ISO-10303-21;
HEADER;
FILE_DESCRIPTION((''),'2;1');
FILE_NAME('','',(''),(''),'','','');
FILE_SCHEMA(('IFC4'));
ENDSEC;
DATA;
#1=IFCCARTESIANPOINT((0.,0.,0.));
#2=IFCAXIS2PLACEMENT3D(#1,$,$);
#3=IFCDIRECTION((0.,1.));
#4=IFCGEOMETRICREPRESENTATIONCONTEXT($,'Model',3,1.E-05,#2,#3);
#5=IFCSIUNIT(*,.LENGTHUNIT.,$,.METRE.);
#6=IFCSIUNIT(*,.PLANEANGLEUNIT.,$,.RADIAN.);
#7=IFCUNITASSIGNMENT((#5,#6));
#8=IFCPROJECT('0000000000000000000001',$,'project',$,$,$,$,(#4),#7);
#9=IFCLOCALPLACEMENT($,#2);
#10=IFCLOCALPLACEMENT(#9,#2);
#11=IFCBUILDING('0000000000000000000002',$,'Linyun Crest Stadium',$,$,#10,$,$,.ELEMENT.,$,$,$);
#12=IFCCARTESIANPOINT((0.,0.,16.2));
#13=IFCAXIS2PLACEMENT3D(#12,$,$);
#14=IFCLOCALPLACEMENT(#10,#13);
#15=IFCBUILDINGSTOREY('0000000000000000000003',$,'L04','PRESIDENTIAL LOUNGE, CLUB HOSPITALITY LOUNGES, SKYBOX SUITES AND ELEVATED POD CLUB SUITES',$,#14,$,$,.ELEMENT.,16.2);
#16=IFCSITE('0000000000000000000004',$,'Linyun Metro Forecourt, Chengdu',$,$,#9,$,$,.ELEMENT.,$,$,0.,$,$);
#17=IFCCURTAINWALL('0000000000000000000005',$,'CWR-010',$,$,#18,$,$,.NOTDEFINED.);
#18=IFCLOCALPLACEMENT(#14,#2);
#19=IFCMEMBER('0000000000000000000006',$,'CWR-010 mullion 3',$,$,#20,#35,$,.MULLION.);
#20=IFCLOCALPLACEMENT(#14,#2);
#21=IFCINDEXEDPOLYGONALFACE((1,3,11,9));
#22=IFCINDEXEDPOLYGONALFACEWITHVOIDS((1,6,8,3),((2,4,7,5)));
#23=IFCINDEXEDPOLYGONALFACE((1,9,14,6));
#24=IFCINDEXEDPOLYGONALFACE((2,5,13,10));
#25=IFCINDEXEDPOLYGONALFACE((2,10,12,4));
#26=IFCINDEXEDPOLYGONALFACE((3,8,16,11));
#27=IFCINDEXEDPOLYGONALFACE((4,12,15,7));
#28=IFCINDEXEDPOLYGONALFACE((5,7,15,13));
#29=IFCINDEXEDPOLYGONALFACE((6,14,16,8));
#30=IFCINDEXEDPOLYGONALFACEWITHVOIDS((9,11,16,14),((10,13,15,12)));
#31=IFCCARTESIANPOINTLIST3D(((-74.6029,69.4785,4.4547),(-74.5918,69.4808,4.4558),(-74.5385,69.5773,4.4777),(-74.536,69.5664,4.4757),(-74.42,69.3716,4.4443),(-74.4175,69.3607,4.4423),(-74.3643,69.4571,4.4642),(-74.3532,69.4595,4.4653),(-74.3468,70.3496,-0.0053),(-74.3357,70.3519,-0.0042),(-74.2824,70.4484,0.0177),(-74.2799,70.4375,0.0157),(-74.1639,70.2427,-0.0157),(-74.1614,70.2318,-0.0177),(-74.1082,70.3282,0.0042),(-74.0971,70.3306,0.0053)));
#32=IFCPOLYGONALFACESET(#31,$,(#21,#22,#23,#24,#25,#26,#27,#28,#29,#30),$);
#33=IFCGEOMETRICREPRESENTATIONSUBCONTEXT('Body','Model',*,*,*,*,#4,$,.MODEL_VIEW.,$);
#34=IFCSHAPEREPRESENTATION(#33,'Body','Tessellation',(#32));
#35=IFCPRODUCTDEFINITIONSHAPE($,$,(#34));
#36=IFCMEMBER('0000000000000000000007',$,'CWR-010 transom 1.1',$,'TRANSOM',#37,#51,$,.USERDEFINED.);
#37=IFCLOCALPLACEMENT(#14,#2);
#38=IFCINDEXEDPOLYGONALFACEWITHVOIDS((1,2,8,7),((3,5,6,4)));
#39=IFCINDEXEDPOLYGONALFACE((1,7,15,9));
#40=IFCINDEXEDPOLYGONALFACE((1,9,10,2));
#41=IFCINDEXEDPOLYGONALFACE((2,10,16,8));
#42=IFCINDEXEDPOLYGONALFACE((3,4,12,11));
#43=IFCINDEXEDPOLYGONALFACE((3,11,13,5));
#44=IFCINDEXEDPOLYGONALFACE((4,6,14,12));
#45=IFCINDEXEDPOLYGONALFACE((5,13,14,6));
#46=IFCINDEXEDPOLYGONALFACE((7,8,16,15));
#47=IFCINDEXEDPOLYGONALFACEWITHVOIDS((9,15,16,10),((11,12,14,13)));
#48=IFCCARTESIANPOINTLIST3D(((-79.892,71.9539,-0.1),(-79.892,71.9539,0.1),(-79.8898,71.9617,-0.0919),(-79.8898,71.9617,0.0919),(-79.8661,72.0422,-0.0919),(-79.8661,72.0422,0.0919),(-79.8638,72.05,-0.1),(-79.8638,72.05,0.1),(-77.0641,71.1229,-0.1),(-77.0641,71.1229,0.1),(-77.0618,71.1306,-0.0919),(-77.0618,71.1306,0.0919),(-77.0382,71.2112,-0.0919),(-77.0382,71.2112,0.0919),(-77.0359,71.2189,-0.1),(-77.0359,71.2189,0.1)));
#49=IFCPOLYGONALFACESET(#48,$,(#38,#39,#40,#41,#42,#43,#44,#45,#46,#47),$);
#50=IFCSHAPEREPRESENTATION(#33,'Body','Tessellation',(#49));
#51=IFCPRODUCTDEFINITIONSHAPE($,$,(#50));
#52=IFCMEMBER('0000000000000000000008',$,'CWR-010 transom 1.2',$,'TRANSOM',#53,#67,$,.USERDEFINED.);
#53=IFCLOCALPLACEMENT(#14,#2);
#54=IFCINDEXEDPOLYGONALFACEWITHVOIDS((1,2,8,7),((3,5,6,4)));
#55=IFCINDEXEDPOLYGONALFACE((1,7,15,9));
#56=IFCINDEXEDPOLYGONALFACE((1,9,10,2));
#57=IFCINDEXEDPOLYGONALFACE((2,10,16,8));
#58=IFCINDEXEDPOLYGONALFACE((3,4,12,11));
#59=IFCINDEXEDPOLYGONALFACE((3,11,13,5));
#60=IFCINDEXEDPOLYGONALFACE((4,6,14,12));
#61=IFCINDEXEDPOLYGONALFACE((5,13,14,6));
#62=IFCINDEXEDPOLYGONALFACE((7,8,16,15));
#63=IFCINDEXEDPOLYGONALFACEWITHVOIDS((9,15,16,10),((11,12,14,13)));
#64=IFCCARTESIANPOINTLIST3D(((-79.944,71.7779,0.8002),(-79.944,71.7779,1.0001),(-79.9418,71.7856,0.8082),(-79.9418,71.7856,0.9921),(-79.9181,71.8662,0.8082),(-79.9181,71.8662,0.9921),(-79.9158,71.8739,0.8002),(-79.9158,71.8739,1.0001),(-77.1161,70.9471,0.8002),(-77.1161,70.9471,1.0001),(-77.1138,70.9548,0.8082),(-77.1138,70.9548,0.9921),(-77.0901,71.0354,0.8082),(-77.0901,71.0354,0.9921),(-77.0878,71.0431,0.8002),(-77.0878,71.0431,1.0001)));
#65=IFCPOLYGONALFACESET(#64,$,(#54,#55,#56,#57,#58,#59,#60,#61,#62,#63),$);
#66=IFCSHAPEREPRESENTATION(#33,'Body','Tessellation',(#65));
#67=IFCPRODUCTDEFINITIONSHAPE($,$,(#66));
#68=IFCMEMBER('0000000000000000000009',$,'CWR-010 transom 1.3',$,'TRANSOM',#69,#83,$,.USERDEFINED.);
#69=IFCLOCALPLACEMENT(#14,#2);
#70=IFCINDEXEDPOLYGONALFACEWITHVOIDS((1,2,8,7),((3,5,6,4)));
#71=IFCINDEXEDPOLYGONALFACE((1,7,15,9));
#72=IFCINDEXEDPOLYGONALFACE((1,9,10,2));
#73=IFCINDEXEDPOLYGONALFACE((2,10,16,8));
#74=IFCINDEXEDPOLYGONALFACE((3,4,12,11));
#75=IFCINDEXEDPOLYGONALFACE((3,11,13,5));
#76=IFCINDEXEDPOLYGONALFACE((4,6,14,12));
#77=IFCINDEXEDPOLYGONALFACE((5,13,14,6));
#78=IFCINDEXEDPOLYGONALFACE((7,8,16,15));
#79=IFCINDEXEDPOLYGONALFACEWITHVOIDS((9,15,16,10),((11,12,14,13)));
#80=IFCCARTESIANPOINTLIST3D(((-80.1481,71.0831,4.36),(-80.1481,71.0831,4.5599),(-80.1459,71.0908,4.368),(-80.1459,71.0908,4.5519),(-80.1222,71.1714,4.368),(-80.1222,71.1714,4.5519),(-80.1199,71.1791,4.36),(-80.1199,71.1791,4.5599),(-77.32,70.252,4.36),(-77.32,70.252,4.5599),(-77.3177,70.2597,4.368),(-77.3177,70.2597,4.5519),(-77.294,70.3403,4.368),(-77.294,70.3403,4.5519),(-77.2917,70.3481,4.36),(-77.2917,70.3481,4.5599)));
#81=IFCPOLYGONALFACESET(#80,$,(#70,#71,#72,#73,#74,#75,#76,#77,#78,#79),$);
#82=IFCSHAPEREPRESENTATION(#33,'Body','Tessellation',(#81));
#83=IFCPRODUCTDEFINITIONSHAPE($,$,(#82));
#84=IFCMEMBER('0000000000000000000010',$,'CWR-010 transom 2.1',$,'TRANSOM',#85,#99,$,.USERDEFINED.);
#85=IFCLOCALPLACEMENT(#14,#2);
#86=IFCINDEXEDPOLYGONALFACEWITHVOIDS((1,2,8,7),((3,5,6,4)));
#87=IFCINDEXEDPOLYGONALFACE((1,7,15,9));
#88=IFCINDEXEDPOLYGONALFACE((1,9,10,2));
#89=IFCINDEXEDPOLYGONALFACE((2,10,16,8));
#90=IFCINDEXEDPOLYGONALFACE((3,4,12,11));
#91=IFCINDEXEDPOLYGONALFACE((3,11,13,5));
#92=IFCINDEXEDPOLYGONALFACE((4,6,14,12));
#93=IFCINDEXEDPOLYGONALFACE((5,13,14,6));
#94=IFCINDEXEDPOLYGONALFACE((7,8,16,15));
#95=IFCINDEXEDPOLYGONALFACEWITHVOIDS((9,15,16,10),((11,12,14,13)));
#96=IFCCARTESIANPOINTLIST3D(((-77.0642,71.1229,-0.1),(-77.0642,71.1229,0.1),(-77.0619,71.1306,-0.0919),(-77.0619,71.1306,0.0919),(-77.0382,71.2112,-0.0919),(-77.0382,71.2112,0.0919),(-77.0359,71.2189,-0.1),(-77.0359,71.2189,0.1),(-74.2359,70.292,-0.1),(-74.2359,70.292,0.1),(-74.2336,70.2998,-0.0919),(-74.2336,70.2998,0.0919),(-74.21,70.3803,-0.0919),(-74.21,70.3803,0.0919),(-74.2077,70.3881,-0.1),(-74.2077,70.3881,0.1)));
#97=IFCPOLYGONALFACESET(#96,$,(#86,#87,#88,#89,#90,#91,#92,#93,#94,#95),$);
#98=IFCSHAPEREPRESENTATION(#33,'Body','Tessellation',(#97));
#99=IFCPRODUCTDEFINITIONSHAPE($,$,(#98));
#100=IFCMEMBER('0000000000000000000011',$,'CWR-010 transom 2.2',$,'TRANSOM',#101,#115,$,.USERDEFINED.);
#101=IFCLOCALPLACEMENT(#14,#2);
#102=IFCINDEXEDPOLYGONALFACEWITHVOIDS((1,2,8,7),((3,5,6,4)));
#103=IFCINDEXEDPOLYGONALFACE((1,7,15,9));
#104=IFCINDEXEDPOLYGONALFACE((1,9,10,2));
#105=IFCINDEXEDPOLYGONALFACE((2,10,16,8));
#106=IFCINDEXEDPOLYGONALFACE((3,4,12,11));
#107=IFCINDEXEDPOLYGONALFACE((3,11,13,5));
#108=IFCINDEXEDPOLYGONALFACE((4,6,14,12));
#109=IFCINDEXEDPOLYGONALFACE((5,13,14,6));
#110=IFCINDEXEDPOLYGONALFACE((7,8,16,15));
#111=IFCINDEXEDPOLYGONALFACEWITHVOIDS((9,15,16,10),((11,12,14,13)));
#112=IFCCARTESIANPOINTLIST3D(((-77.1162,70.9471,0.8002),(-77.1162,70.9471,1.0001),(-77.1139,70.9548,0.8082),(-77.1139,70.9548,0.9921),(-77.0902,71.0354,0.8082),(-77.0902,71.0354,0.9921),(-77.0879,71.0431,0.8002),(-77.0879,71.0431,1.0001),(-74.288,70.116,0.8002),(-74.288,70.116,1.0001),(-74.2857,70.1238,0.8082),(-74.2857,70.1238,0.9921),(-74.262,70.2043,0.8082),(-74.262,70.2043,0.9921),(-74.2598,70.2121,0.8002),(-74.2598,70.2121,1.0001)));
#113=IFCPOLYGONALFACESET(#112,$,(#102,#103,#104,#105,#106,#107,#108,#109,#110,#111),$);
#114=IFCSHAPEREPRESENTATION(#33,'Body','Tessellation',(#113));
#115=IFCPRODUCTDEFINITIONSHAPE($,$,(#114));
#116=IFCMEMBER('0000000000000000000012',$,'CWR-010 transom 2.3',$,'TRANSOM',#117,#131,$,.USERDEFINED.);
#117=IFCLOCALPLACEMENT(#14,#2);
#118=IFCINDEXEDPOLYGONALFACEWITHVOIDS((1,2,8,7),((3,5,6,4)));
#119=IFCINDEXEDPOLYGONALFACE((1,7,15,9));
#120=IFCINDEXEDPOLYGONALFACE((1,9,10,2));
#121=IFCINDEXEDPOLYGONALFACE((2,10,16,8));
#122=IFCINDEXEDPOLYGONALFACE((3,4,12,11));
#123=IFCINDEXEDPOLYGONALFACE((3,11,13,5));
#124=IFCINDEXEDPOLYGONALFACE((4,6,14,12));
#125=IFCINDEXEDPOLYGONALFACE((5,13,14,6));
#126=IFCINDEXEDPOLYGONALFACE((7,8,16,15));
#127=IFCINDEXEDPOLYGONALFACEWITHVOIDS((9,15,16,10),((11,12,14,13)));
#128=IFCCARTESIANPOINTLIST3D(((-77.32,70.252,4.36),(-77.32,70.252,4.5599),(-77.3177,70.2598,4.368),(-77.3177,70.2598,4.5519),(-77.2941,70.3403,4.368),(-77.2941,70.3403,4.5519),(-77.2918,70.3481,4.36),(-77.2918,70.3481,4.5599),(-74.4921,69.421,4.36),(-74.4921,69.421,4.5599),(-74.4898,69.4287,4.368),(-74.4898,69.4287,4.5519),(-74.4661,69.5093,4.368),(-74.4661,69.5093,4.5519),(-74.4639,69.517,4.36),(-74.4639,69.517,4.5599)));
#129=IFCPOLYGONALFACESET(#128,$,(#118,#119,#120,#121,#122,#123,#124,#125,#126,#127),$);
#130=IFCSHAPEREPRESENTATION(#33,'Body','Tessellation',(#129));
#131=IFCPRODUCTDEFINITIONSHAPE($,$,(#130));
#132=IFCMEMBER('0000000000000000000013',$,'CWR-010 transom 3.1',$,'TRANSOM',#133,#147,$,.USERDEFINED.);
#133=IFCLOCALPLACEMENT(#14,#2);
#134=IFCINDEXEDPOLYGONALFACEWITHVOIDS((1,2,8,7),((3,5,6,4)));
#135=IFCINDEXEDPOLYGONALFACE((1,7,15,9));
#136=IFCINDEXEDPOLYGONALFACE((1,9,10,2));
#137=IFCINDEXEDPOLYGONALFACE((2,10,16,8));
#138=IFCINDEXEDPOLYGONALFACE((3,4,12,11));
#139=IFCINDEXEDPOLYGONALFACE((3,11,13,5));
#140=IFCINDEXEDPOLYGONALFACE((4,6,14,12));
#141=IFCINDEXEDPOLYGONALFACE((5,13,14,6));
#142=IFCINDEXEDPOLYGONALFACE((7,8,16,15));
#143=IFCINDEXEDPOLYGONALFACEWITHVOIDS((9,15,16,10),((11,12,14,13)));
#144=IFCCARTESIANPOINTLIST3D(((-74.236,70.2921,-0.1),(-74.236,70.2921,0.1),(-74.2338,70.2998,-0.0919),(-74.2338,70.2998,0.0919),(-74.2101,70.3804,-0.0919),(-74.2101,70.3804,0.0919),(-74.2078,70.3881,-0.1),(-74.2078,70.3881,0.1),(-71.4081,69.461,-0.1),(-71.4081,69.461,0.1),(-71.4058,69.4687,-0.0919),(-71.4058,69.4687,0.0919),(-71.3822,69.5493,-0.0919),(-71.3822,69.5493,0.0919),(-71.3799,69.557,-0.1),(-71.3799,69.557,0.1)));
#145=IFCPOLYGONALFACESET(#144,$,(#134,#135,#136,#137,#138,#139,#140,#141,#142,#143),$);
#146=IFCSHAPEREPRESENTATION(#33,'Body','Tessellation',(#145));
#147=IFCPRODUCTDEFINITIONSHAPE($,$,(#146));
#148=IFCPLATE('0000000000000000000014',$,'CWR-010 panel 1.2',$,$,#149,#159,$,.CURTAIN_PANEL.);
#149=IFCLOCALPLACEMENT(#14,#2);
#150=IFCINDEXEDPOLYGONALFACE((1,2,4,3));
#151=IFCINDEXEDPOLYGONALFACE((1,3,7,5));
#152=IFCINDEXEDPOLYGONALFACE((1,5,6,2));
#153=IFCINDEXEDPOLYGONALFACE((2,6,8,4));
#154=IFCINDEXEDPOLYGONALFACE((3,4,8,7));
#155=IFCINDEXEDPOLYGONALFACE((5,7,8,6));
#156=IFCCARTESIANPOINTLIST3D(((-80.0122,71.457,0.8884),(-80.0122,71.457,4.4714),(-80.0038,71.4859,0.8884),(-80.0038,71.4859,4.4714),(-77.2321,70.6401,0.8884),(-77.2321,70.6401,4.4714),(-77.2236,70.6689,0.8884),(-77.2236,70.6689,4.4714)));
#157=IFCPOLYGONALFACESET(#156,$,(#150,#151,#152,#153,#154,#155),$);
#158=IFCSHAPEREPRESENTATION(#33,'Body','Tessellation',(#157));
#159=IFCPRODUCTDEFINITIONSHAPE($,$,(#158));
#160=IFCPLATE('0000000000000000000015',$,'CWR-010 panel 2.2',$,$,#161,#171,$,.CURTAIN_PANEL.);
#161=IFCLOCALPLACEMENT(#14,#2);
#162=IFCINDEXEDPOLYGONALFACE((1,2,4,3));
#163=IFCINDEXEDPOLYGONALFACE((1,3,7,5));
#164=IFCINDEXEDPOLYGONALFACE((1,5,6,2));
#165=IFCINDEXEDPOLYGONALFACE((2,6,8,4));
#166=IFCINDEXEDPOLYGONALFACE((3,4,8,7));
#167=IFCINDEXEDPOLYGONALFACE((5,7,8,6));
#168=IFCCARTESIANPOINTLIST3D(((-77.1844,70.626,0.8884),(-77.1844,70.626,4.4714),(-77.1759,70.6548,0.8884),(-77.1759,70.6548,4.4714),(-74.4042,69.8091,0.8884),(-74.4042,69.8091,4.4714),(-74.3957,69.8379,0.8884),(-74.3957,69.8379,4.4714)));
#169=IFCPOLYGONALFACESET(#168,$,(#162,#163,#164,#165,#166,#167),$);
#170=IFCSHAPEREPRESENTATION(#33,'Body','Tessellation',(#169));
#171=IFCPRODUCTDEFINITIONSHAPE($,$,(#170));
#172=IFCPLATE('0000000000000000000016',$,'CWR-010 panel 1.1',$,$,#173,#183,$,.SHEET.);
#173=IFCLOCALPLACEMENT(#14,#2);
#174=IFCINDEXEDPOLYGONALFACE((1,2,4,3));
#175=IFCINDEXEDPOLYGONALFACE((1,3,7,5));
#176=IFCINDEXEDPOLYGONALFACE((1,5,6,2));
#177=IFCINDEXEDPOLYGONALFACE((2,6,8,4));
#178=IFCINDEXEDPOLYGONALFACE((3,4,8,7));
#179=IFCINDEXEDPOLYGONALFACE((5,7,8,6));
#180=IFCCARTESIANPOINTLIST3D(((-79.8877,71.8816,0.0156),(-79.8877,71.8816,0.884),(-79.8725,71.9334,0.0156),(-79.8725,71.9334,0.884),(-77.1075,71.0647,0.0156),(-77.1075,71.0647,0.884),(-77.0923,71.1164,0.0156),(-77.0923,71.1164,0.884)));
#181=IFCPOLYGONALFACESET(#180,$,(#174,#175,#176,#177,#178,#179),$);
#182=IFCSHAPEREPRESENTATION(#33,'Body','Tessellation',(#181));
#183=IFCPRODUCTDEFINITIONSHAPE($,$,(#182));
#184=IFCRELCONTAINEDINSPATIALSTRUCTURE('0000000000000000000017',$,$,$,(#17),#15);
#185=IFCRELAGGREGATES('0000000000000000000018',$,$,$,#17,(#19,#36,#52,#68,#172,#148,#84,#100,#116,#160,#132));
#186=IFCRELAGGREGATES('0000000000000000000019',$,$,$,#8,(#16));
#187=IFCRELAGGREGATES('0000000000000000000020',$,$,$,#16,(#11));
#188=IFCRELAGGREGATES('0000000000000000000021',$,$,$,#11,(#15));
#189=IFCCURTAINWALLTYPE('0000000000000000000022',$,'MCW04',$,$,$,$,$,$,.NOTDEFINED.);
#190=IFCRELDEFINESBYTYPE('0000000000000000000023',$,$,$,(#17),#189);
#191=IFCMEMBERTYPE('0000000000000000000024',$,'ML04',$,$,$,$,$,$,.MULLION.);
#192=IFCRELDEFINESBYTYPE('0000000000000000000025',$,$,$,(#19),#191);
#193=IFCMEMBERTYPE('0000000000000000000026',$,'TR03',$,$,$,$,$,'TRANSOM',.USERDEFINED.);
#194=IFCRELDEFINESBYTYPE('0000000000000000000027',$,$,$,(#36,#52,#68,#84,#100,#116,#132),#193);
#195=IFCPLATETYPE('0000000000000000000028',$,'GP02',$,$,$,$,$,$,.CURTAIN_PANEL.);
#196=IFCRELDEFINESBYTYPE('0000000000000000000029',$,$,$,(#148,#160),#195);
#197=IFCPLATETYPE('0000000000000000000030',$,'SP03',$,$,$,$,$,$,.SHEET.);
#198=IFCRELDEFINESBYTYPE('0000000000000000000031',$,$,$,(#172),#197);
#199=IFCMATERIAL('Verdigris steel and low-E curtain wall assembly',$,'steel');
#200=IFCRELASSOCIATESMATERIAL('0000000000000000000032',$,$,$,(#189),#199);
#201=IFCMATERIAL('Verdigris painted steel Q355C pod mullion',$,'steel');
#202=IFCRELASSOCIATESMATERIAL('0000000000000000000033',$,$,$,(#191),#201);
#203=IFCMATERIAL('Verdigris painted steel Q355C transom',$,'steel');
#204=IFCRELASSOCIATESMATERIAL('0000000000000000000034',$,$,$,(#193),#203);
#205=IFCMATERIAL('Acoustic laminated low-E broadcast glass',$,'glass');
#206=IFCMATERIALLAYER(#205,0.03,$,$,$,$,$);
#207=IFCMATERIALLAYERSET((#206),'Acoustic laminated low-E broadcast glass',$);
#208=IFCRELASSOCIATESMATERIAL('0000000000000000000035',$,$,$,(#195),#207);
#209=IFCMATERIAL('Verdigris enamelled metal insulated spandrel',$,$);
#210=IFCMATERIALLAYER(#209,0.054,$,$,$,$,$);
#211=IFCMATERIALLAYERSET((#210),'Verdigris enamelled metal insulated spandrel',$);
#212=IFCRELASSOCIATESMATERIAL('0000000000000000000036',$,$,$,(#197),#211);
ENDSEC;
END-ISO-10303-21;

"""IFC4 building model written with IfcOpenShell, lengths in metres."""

from ifc_helpers import new_model, si_unit, direction, frame, origin, origin_2d, place, context, subcontext, project, spatial, rectangle, hollow_rectangle, extrude, material, layer, layer_set, material_profile, profile_set, type_object, element, aggregate, save


model = new_model("IFC4")

# Units and contexts
model_context = context("Model", 3, precision=1e-05, world=origin(), true_north=direction((0.0, 1.0)))
body_context = subcontext(model_context, "Body", "Model", "MODEL_VIEW")
ifc_project = project(units=[si_unit("LENGTHUNIT", "METRE"), si_unit("PLANEANGLEUNIT", "RADIAN")], contexts=[model_context])

# Site, building, storey
site_placement = place(None, origin())
site = spatial("IfcSite", under=ifc_project, at=site_placement, Name="Linyun Metro Forecourt, Chengdu", CompositionType="ELEMENT", RefElevation=0.0)
building_placement = place(site_placement, origin())
building = spatial("IfcBuilding", under=site, at=building_placement, Name="Linyun Crest Stadium", CompositionType="ELEMENT")
storey_placement = place(building_placement, frame((0.0, 0.0, 16.2)))
storey = spatial("IfcBuildingStorey", under=building, at=storey_placement, Name="L04", Description="PRESIDENTIAL LOUNGE, CLUB HOSPITALITY LOUNGES, SKYBOX SUITES AND ELEVATED POD CLUB SUITES", CompositionType="ELEMENT", Elevation=16.2)

# Shared definitions
ifc_material_1 = material(Name="Verdigris steel and low-E curtain wall assembly", Category="steel")
curtain_wall_type = type_object("IfcCurtainWallType", Name="MCW04", PredefinedType="NOTDEFINED", material=ifc_material_1)
ifc_material_2 = material(Name="Verdigris painted steel Q355C pod mullion", Category="steel")
ifc_material_profile_1 = material_profile(ifc_material_2, hollow_rectangle(XDim=0.1201, YDim=0.22, WallThickness=0.0081, at=origin_2d()), Name="RHS 220x120x8")
ifc_profile_set_1 = profile_set([ifc_material_profile_1], Name="Verdigris painted steel Q355C pod mullion")
member_type_1 = type_object("IfcMemberType", Name="ML04", PredefinedType="MULLION", material=ifc_profile_set_1)

# Curtain wall, members, plates
curtain_wall_1_placement = place(storey_placement, origin())
curtain_wall_1 = element("IfcCurtainWall", 1, at=curtain_wall_1_placement, inside=storey, type_object=curtain_wall_type, Name="CWR-010", PredefinedType="NOTDEFINED")
member_1_placement = place(storey_placement, frame((-74.2219, 70.3401, 0.0), z_axis=(-0.056269, -0.191388, 0.9799), x_axis=(0.535733, 0.822411, 0.191392)))
member_1 = element("IfcMember", 2, at=member_1_placement, type_object=member_type_1, Name="CWR-010 mullion 3", PredefinedType="MULLION", context=body_context, shape_type="SweptSolid", body=[
    extrude(hollow_rectangle(XDim=0.1201, YDim=0.22, WallThickness=0.0081, at=origin_2d()), origin(), (0.0, 0.0, 1.0), 4.5515),
])
ifc_material_3 = material(Name="Verdigris painted steel Q355C transom", Category="steel")
ifc_material_profile_2 = material_profile(ifc_material_3, hollow_rectangle(XDim=0.1001, YDim=0.2, WallThickness=0.0081, at=origin_2d()), Name="RHS 200x100x8")
ifc_profile_set_2 = profile_set([ifc_material_profile_2], Name="Verdigris painted steel Q355C transom")
member_type_2 = type_object("IfcMemberType", Name="TR03", ElementType="TRANSOM", PredefinedType="USERDEFINED", material=ifc_profile_set_2)
member_2_placement = place(storey_placement, frame((-79.8779, 72.002, 0.0), z_axis=(0.959427, -0.281956, 0.0), x_axis=(0.281956, 0.959427, 0.0)))
member_2 = element("IfcMember", 3, at=member_2_placement, type_object=member_type_2, Name="CWR-010 transom 1.1", ObjectType="TRANSOM", PredefinedType="USERDEFINED", context=body_context, shape_type="SweptSolid", body=[
    extrude(hollow_rectangle(XDim=0.1001, YDim=0.2, WallThickness=0.0081, at=origin_2d()), origin(), (0.0, 0.0, 1.0), 2.9475),
])
member_3_placement = place(storey_placement, frame((-79.9299, 71.8259, 0.9001), z_axis=(0.95945, -0.281879, 0.0), x_axis=(0.281879, 0.95945, 0.0)))
member_3 = element("IfcMember", 4, at=member_3_placement, type_object=member_type_2, Name="CWR-010 transom 1.2", ObjectType="TRANSOM", PredefinedType="USERDEFINED", context=body_context, shape_type="SweptSolid", body=[
    extrude(hollow_rectangle(XDim=0.1001, YDim=0.2, WallThickness=0.0081, at=origin_2d()), origin(), (0.0, 0.0, 1.0), 2.9475),
])
member_4_placement = place(storey_placement, frame((-80.134, 71.1311, 4.46), z_axis=(0.959434, -0.281933, 0.0), x_axis=(0.281933, 0.959434, 0.0)))
member_4 = element("IfcMember", 5, at=member_4_placement, type_object=member_type_2, Name="CWR-010 transom 1.3", ObjectType="TRANSOM", PredefinedType="USERDEFINED", context=body_context, shape_type="SweptSolid", body=[
    extrude(hollow_rectangle(XDim=0.1001, YDim=0.2, WallThickness=0.0081, at=origin_2d()), origin(), (0.0, 0.0, 1.0), 2.9478),
])
member_5_placement = place(storey_placement, frame((-77.05, 71.1709, 0.0), z_axis=(0.959456, -0.281857, 0.0), x_axis=(0.281857, 0.959456, 0.0)))
member_5 = element("IfcMember", 6, at=member_5_placement, type_object=member_type_2, Name="CWR-010 transom 2.1", ObjectType="TRANSOM", PredefinedType="USERDEFINED", context=body_context, shape_type="SweptSolid", body=[
    extrude(hollow_rectangle(XDim=0.1001, YDim=0.2, WallThickness=0.0081, at=origin_2d()), origin(), (0.0, 0.0, 1.0), 2.9478),
])
member_6_placement = place(storey_placement, frame((-77.1021, 70.9951, 0.9001), z_axis=(0.959434, -0.281933, 0.0), x_axis=(0.281933, 0.959434, 0.0)))
member_6 = element("IfcMember", 7, at=member_6_placement, type_object=member_type_2, Name="CWR-010 transom 2.2", ObjectType="TRANSOM", PredefinedType="USERDEFINED", context=body_context, shape_type="SweptSolid", body=[
    extrude(hollow_rectangle(XDim=0.1001, YDim=0.2, WallThickness=0.0081, at=origin_2d()), origin(), (0.0, 0.0, 1.0), 2.9478),
])
member_7_placement = place(storey_placement, frame((-77.3059, 70.3, 4.46), z_axis=(0.959427, -0.281956, 0.0), x_axis=(0.281956, 0.959427, 0.0)))
member_7 = element("IfcMember", 8, at=member_7_placement, type_object=member_type_2, Name="CWR-010 transom 2.3", ObjectType="TRANSOM", PredefinedType="USERDEFINED", context=body_context, shape_type="SweptSolid", body=[
    extrude(hollow_rectangle(XDim=0.1001, YDim=0.2, WallThickness=0.0081, at=origin_2d()), origin(), (0.0, 0.0, 1.0), 2.9475),
])
member_8_placement = place(storey_placement, frame((-74.2219, 70.3401, 0.0), z_axis=(0.959427, -0.281956, 0.0), x_axis=(0.281956, 0.959427, 0.0)))
member_8 = element("IfcMember", 9, at=member_8_placement, type_object=member_type_2, Name="CWR-010 transom 3.1", ObjectType="TRANSOM", PredefinedType="USERDEFINED", context=body_context, shape_type="SweptSolid", body=[
    extrude(hollow_rectangle(XDim=0.1001, YDim=0.2, WallThickness=0.0081, at=origin_2d()), origin(), (0.0, 0.0, 1.0), 2.9475),
])
ifc_material_4 = material(Name="Acoustic laminated low-E broadcast glass", Category="glass")
ifc_layer_1 = layer(ifc_material_4, 0.03)
ifc_layer_set_1 = layer_set([ifc_layer_1], Name="Acoustic laminated low-E broadcast glass")
plate_type_1 = type_object("IfcPlateType", Name="GP02", PredefinedType="CURTAIN_PANEL", material=ifc_layer_set_1)
plate_1_placement = place(storey_placement, frame((-78.6179, 71.063, 0.8884), z_axis=(0.0, 0.0, 1.0), x_axis=(0.959437, -0.281923, 0.0)))
plate_1 = element("IfcPlate", 10, at=plate_1_placement, type_object=plate_type_1, Name="CWR-010 panel 1.2", PredefinedType="CURTAIN_PANEL", context=body_context, shape_type="SweptSolid", body=[
    extrude(rectangle(XDim=2.8977, YDim=0.03, at=origin_2d()), origin(), (0.0, 0.0, 1.0), 3.583),
])
plate_2_placement = place(storey_placement, frame((-75.79, 70.2319, 0.8884), z_axis=(0.0, 0.0, 1.0), x_axis=(0.959437, -0.281923, 0.0)))
plate_2 = element("IfcPlate", 11, at=plate_2_placement, type_object=plate_type_1, Name="CWR-010 panel 2.2", PredefinedType="CURTAIN_PANEL", context=body_context, shape_type="SweptSolid", body=[
    extrude(rectangle(XDim=2.8977, YDim=0.03, at=origin_2d()), origin(), (0.0, 0.0, 1.0), 3.583),
])
ifc_material_5 = material(Name="Verdigris enamelled metal insulated spandrel")
ifc_layer_2 = layer(ifc_material_5, 0.054)
ifc_layer_set_2 = layer_set([ifc_layer_2], Name="Verdigris enamelled metal insulated spandrel")
plate_type_2 = type_object("IfcPlateType", Name="SP03", PredefinedType="SHEET", material=ifc_layer_set_2)
plate_3_placement = place(storey_placement, frame((-78.49, 71.499, 0.0156), z_axis=(0.0, 0.0, 1.0), x_axis=(0.959437, -0.281923, 0.0)))
plate_3 = element("IfcPlate", 12, at=plate_3_placement, type_object=plate_type_2, Name="CWR-010 panel 1.1", PredefinedType="SHEET", context=body_context, shape_type="SweptSolid", body=[
    extrude(rectangle(XDim=2.8977, YDim=0.054, at=origin_2d()), origin(), (0.0, 0.0, 1.0), 0.8684),
])
aggregate(curtain_wall_1, [member_1, member_2, member_3, member_4, plate_3, plate_1, member_5, member_6, member_7, plate_2, member_8])

save(model, "model.ifc")
